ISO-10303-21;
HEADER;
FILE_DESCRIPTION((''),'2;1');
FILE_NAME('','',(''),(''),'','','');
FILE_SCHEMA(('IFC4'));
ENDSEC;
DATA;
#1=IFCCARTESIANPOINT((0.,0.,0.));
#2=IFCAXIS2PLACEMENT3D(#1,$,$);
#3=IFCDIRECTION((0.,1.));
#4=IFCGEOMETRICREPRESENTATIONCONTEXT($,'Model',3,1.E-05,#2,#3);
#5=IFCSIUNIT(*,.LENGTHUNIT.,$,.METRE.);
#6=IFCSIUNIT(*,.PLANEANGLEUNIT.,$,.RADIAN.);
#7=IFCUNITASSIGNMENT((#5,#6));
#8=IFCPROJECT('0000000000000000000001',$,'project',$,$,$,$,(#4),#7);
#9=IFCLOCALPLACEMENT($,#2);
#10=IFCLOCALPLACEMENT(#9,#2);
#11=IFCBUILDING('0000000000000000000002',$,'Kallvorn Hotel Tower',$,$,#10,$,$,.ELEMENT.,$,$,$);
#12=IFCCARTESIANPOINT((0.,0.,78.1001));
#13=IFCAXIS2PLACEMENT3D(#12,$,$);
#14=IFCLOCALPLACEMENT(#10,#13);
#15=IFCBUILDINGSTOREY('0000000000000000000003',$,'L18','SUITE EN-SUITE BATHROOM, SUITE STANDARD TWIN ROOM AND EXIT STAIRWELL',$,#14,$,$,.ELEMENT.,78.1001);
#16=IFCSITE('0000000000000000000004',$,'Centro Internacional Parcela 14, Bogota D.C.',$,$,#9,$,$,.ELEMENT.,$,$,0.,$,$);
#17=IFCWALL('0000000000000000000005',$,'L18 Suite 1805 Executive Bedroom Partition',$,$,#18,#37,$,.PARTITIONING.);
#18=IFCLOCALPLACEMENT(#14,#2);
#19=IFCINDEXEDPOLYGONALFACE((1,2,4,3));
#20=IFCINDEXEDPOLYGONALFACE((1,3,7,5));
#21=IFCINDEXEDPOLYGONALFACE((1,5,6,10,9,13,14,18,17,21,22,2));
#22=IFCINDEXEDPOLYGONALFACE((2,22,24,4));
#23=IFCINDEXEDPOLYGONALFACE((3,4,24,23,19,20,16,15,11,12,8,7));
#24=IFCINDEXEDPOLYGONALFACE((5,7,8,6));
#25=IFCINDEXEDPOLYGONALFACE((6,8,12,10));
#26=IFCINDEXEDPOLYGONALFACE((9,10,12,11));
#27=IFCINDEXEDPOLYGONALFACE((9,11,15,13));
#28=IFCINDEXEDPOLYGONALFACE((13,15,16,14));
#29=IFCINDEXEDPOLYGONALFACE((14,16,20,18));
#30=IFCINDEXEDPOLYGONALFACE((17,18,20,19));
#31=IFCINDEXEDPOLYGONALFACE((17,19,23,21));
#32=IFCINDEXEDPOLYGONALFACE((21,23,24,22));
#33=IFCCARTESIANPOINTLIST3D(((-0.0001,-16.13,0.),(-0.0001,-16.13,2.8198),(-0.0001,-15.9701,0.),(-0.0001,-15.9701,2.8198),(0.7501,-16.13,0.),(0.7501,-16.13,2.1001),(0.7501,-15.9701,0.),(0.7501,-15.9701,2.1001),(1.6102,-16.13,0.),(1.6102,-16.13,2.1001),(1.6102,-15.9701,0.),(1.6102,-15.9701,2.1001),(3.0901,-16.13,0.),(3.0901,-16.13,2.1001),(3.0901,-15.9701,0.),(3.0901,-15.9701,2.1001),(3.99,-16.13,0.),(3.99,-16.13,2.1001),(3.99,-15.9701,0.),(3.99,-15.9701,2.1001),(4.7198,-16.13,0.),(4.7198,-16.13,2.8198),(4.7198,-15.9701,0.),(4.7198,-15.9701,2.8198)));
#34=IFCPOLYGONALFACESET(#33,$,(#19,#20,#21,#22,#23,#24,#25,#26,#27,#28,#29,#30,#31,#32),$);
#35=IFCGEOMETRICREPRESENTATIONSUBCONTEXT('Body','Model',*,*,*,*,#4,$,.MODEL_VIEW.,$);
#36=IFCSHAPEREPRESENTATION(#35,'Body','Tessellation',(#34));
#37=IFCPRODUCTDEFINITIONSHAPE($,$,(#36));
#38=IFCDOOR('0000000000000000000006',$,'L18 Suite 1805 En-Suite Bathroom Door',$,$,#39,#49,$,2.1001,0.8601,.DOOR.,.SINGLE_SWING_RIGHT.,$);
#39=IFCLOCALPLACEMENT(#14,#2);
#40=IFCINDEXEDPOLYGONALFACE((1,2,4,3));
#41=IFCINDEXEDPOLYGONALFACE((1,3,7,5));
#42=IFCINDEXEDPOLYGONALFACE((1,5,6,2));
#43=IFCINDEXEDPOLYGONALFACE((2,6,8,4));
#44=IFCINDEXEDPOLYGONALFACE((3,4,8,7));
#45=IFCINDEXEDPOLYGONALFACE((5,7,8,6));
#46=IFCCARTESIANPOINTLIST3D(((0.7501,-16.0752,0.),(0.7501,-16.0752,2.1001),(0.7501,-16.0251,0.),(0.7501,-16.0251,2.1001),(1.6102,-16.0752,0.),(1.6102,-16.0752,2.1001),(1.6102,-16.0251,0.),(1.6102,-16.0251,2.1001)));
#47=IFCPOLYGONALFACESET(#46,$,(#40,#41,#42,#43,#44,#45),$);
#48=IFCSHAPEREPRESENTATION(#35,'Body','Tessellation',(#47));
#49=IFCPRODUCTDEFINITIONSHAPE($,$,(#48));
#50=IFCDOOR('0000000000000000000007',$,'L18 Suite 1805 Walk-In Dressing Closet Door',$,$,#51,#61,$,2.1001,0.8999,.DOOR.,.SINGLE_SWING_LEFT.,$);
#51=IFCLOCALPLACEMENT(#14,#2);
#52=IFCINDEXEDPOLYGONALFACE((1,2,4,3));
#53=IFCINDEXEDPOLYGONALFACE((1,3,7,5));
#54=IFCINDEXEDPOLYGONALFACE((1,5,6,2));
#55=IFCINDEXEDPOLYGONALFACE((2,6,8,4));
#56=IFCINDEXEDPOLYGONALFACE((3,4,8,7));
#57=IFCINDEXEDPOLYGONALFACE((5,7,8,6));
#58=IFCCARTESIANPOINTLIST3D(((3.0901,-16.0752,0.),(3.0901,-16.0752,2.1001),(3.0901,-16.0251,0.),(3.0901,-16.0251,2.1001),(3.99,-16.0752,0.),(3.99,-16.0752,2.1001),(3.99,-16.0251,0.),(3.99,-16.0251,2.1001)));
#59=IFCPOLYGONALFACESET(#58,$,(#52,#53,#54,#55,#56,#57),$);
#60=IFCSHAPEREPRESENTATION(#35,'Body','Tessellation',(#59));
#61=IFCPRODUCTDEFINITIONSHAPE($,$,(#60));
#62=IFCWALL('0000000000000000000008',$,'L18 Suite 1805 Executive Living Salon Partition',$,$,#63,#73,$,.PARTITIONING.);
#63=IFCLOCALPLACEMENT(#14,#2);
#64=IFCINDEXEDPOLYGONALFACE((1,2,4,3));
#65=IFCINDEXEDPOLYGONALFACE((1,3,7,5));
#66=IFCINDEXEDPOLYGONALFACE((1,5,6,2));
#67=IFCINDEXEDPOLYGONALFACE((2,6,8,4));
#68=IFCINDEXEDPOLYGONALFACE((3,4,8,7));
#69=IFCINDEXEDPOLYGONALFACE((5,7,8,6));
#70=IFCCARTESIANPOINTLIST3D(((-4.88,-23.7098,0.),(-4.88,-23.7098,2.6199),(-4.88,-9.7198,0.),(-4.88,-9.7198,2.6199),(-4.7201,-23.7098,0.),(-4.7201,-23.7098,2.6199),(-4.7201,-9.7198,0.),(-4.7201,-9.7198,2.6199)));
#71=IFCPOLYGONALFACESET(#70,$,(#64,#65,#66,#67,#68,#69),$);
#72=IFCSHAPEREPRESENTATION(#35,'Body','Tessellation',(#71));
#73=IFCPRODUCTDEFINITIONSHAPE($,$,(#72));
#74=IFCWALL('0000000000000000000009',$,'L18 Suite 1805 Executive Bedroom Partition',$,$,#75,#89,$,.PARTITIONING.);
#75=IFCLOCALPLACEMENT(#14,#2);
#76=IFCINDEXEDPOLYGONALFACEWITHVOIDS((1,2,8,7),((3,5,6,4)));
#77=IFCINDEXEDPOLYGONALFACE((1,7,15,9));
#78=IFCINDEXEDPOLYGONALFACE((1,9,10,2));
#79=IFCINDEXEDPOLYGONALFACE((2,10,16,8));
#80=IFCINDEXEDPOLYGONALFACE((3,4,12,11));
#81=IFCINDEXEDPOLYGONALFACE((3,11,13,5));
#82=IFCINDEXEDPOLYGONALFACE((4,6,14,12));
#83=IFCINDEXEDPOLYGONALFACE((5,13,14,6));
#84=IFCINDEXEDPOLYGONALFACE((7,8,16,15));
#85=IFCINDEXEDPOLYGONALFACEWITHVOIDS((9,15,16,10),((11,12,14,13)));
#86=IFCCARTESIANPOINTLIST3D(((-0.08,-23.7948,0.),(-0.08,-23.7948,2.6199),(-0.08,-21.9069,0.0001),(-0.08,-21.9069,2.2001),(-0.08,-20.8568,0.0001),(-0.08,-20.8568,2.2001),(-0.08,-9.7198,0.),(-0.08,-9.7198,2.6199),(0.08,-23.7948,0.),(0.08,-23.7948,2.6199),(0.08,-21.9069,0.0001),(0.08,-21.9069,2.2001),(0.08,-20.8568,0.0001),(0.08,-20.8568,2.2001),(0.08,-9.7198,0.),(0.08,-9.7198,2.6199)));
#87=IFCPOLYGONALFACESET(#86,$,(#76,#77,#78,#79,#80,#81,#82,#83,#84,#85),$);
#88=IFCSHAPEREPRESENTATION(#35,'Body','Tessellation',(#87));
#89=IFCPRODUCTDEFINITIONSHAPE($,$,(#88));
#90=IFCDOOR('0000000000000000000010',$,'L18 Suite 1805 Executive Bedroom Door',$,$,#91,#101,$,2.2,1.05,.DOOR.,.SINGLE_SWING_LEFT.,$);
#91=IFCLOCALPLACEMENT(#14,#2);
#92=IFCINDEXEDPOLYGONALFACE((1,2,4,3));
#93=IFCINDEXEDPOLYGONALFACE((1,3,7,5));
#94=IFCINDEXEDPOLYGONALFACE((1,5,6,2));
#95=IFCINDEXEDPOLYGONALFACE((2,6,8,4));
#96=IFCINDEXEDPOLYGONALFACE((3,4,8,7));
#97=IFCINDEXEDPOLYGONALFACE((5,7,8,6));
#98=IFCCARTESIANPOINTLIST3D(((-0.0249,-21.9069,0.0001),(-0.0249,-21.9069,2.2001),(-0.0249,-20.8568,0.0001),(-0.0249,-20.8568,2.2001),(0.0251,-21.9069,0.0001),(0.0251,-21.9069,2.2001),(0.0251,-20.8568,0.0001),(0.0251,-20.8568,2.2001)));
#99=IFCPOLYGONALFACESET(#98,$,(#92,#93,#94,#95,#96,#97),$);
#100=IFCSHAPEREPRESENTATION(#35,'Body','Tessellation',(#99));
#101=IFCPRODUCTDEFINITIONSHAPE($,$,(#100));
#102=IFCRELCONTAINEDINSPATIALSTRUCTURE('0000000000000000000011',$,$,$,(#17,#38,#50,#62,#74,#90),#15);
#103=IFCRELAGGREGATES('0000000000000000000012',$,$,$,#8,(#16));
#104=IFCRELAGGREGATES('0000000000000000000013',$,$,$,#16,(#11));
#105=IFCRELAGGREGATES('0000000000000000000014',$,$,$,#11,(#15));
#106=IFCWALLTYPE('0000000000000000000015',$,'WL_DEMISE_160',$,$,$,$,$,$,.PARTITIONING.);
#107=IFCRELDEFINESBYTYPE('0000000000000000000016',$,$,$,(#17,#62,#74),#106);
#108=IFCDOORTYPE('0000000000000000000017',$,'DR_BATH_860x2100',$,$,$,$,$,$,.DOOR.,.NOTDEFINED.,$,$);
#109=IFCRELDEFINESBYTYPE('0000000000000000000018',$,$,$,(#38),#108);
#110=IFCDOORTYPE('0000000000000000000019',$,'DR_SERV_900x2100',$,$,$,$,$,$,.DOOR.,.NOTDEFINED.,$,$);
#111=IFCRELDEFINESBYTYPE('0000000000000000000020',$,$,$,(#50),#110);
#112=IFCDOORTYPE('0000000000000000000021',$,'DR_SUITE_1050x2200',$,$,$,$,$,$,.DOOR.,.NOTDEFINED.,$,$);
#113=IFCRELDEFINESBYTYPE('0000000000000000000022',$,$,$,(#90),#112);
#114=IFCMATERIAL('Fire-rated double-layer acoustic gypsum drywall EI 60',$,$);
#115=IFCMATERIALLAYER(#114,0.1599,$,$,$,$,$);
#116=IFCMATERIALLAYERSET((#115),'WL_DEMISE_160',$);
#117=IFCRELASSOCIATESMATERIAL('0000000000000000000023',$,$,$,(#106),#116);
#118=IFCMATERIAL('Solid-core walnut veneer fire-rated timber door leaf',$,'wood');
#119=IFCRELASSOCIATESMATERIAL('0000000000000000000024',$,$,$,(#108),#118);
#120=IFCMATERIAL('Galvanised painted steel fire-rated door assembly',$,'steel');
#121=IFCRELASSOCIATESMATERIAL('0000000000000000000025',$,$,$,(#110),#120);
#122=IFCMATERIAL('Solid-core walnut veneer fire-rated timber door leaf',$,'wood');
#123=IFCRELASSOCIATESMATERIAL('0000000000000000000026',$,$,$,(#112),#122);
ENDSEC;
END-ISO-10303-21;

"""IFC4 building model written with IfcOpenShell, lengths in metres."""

from ifc_helpers import new_model, si_unit, direction, frame, frame_2d, origin, place, context, subcontext, project, spatial, rectangle, extrude, material, layer, layer_set, type_object, element, fill, save


model = new_model("IFC4")

# Units and contexts
model_context = context("Model", 3, precision=1e-05, world=origin(), true_north=direction((0.0, 1.0)))
body_context = subcontext(model_context, "Body", "Model", "MODEL_VIEW")
ifc_project = project(units=[si_unit("LENGTHUNIT", "METRE"), si_unit("PLANEANGLEUNIT", "RADIAN")], contexts=[model_context])

# Site, building, storey
site_placement = place(None, origin())
site = spatial("IfcSite", under=ifc_project, at=site_placement, Name="Centro Internacional Parcela 14, Bogota D.C.", CompositionType="ELEMENT", RefElevation=0.0)
building_placement = place(site_placement, origin())
building = spatial("IfcBuilding", under=site, at=building_placement, Name="Kallvorn Hotel Tower", CompositionType="ELEMENT")
storey_placement = place(building_placement, frame((0.0, 0.0, 78.1001)))
storey = spatial("IfcBuildingStorey", under=building, at=storey_placement, Name="L18", Description="SUITE EN-SUITE BATHROOM, SUITE STANDARD TWIN ROOM AND EXIT STAIRWELL", CompositionType="ELEMENT", Elevation=78.1001)

# Wall, openings, doors
ifc_material_1 = material(Name="Fire-rated double-layer acoustic gypsum drywall EI 60")
ifc_layer_1 = layer(ifc_material_1, 0.1599)
ifc_layer_set_1 = layer_set([ifc_layer_1], Name="WL_DEMISE_160")
wall_type = type_object("IfcWallType", Name="WL_DEMISE_160", PredefinedType="PARTITIONING", material=ifc_layer_set_1)
wall_1_placement = place(storey_placement, frame((0.0, -16.05, 0.0), z_axis=(0.0, 0.0, 1.0), x_axis=(1.0, 0.0, 0.0)))
wall_1 = element("IfcWall", 1, at=wall_1_placement, inside=storey, type_object=wall_type, Name="L18 Suite 1805 Executive Bedroom Partition", PredefinedType="PARTITIONING", context=body_context, shape_type="SweptSolid", body=[
    extrude(rectangle(XDim=4.72, YDim=0.1599, at=frame_2d((2.3599, 0.0))), origin(), (0.0, 0.0, 1.0), 2.8198),
])
opening_1_placement = place(wall_1_placement, frame((0.75, 0.0, 0.0)))
opening_1 = element("IfcOpeningElement", 2, at=opening_1_placement, cuts=wall_1, PredefinedType="OPENING", context=body_context, shape_type="SweptSolid", body=[
    extrude(rectangle(XDim=0.8601, YDim=2.1001, at=frame_2d((0.4302, 1.05))), frame((0.0, 0.095, 0.0), z_axis=(0.0, -1.0, 0.0), x_axis=(1.0, 0.0, 0.0)), (0.0, 0.0, 1.0), 0.1899),
])
opening_2_placement = place(wall_1_placement, frame((3.0901, 0.0, 0.0)))
opening_2 = element("IfcOpeningElement", 3, at=opening_2_placement, cuts=wall_1, PredefinedType="OPENING", context=body_context, shape_type="SweptSolid", body=[
    extrude(rectangle(XDim=0.8999, YDim=2.1001, at=frame_2d((0.45, 1.05))), frame((0.0, 0.095, 0.0), z_axis=(0.0, -1.0, 0.0), x_axis=(1.0, 0.0, 0.0)), (0.0, 0.0, 1.0), 0.1899),
])
ifc_material_2 = material(Name="Solid-core walnut veneer fire-rated timber door leaf", Category="wood")
door_type_1 = type_object("IfcDoorType", Name="DR_BATH_860x2100", OperationType="NOTDEFINED", PredefinedType="DOOR", material=ifc_material_2)
door_1_placement = place(opening_1_placement, origin())
door_1 = element("IfcDoor", 4, at=door_1_placement, inside=storey, type_object=door_type_1, Name="L18 Suite 1805 En-Suite Bathroom Door", OperationType="SINGLE_SWING_RIGHT", OverallHeight=2.1001, OverallWidth=0.8601, PredefinedType="DOOR", context=body_context, shape_type="SweptSolid", body=[
    extrude(rectangle(XDim=0.8601, YDim=2.1001, at=frame_2d((0.4302, 1.05))), frame((0.0, 0.0249, 0.0), z_axis=(0.0, -1.0, 0.0), x_axis=(1.0, 0.0, 0.0)), (0.0, 0.0, 1.0), 0.05),
])
fill(opening_1, door_1)
ifc_material_3 = material(Name="Galvanised painted steel fire-rated door assembly", Category="steel")
door_type_2 = type_object("IfcDoorType", Name="DR_SERV_900x2100", OperationType="NOTDEFINED", PredefinedType="DOOR", material=ifc_material_3)
door_2_placement = place(opening_2_placement, origin())
door_2 = element("IfcDoor", 5, at=door_2_placement, inside=storey, type_object=door_type_2, Name="L18 Suite 1805 Walk-In Dressing Closet Door", OperationType="SINGLE_SWING_LEFT", OverallHeight=2.1001, OverallWidth=0.8999, PredefinedType="DOOR", context=body_context, shape_type="SweptSolid", body=[
    extrude(rectangle(XDim=0.8999, YDim=2.1001, at=frame_2d((0.45, 1.05))), frame((0.0, 0.0249, 0.0), z_axis=(0.0, -1.0, 0.0), x_axis=(1.0, 0.0, 0.0)), (0.0, 0.0, 1.0), 0.05),
])
fill(opening_2, door_2)

# Wall
wall_2_placement = place(storey_placement, frame((-4.8, -23.71, 0.0), z_axis=(0.0, 0.0, 1.0), x_axis=(0.0, 1.0, 0.0)))
element("IfcWall", 6, at=wall_2_placement, inside=storey, type_object=wall_type, Name="L18 Suite 1805 Executive Living Salon Partition", PredefinedType="PARTITIONING", context=body_context, shape_type="SweptSolid", body=[
    extrude(rectangle(XDim=13.99, YDim=0.1599, at=frame_2d((6.9951, 0.0))), origin(), (0.0, 0.0, 1.0), 2.6199),
])

# Wall, opening, door
wall_3_placement = place(storey_placement, frame((0.0, -23.7949, 0.0), z_axis=(0.0, 0.0, 1.0), x_axis=(0.0, 1.0, 0.0)))
wall_3 = element("IfcWall", 7, at=wall_3_placement, inside=storey, type_object=wall_type, Name="L18 Suite 1805 Executive Bedroom Partition", PredefinedType="PARTITIONING", context=body_context, shape_type="SweptSolid", body=[
    extrude(rectangle(XDim=14.075, YDim=0.1599, at=frame_2d((7.0376, 0.0))), origin(), (0.0, 0.0, 1.0), 2.6199),
])
opening_3_placement = place(wall_3_placement, frame((1.8882, 0.0, 0.0)))
opening_3 = element("IfcOpeningElement", 8, at=opening_3_placement, cuts=wall_3, PredefinedType="OPENING", context=body_context, shape_type="SweptSolid", body=[
    extrude(rectangle(XDim=1.05, YDim=2.2, at=frame_2d((0.5249, 1.1001))), frame((0.0, 0.095, 0.0), z_axis=(0.0, -1.0, 0.0), x_axis=(1.0, 0.0, 0.0)), (0.0, 0.0, 1.0), 0.1899),
])
ifc_material_4 = material(Name="Solid-core walnut veneer fire-rated timber door leaf", Category="wood")
door_type_3 = type_object("IfcDoorType", Name="DR_SUITE_1050x2200", OperationType="NOTDEFINED", PredefinedType="DOOR", material=ifc_material_4)
door_3_placement = place(opening_3_placement, origin())
door_3 = element("IfcDoor", 9, at=door_3_placement, inside=storey, type_object=door_type_3, Name="L18 Suite 1805 Executive Bedroom Door", OperationType="SINGLE_SWING_LEFT", OverallHeight=2.2, OverallWidth=1.05, PredefinedType="DOOR", context=body_context, shape_type="SweptSolid", body=[
    extrude(rectangle(XDim=1.05, YDim=2.2, at=frame_2d((0.5249, 1.1001))), frame((0.0, 0.0249, 0.0), z_axis=(0.0, -1.0, 0.0), x_axis=(1.0, 0.0, 0.0)), (0.0, 0.0, 1.0), 0.05),
])
fill(opening_3, door_3)

save(model, "model.ifc")
